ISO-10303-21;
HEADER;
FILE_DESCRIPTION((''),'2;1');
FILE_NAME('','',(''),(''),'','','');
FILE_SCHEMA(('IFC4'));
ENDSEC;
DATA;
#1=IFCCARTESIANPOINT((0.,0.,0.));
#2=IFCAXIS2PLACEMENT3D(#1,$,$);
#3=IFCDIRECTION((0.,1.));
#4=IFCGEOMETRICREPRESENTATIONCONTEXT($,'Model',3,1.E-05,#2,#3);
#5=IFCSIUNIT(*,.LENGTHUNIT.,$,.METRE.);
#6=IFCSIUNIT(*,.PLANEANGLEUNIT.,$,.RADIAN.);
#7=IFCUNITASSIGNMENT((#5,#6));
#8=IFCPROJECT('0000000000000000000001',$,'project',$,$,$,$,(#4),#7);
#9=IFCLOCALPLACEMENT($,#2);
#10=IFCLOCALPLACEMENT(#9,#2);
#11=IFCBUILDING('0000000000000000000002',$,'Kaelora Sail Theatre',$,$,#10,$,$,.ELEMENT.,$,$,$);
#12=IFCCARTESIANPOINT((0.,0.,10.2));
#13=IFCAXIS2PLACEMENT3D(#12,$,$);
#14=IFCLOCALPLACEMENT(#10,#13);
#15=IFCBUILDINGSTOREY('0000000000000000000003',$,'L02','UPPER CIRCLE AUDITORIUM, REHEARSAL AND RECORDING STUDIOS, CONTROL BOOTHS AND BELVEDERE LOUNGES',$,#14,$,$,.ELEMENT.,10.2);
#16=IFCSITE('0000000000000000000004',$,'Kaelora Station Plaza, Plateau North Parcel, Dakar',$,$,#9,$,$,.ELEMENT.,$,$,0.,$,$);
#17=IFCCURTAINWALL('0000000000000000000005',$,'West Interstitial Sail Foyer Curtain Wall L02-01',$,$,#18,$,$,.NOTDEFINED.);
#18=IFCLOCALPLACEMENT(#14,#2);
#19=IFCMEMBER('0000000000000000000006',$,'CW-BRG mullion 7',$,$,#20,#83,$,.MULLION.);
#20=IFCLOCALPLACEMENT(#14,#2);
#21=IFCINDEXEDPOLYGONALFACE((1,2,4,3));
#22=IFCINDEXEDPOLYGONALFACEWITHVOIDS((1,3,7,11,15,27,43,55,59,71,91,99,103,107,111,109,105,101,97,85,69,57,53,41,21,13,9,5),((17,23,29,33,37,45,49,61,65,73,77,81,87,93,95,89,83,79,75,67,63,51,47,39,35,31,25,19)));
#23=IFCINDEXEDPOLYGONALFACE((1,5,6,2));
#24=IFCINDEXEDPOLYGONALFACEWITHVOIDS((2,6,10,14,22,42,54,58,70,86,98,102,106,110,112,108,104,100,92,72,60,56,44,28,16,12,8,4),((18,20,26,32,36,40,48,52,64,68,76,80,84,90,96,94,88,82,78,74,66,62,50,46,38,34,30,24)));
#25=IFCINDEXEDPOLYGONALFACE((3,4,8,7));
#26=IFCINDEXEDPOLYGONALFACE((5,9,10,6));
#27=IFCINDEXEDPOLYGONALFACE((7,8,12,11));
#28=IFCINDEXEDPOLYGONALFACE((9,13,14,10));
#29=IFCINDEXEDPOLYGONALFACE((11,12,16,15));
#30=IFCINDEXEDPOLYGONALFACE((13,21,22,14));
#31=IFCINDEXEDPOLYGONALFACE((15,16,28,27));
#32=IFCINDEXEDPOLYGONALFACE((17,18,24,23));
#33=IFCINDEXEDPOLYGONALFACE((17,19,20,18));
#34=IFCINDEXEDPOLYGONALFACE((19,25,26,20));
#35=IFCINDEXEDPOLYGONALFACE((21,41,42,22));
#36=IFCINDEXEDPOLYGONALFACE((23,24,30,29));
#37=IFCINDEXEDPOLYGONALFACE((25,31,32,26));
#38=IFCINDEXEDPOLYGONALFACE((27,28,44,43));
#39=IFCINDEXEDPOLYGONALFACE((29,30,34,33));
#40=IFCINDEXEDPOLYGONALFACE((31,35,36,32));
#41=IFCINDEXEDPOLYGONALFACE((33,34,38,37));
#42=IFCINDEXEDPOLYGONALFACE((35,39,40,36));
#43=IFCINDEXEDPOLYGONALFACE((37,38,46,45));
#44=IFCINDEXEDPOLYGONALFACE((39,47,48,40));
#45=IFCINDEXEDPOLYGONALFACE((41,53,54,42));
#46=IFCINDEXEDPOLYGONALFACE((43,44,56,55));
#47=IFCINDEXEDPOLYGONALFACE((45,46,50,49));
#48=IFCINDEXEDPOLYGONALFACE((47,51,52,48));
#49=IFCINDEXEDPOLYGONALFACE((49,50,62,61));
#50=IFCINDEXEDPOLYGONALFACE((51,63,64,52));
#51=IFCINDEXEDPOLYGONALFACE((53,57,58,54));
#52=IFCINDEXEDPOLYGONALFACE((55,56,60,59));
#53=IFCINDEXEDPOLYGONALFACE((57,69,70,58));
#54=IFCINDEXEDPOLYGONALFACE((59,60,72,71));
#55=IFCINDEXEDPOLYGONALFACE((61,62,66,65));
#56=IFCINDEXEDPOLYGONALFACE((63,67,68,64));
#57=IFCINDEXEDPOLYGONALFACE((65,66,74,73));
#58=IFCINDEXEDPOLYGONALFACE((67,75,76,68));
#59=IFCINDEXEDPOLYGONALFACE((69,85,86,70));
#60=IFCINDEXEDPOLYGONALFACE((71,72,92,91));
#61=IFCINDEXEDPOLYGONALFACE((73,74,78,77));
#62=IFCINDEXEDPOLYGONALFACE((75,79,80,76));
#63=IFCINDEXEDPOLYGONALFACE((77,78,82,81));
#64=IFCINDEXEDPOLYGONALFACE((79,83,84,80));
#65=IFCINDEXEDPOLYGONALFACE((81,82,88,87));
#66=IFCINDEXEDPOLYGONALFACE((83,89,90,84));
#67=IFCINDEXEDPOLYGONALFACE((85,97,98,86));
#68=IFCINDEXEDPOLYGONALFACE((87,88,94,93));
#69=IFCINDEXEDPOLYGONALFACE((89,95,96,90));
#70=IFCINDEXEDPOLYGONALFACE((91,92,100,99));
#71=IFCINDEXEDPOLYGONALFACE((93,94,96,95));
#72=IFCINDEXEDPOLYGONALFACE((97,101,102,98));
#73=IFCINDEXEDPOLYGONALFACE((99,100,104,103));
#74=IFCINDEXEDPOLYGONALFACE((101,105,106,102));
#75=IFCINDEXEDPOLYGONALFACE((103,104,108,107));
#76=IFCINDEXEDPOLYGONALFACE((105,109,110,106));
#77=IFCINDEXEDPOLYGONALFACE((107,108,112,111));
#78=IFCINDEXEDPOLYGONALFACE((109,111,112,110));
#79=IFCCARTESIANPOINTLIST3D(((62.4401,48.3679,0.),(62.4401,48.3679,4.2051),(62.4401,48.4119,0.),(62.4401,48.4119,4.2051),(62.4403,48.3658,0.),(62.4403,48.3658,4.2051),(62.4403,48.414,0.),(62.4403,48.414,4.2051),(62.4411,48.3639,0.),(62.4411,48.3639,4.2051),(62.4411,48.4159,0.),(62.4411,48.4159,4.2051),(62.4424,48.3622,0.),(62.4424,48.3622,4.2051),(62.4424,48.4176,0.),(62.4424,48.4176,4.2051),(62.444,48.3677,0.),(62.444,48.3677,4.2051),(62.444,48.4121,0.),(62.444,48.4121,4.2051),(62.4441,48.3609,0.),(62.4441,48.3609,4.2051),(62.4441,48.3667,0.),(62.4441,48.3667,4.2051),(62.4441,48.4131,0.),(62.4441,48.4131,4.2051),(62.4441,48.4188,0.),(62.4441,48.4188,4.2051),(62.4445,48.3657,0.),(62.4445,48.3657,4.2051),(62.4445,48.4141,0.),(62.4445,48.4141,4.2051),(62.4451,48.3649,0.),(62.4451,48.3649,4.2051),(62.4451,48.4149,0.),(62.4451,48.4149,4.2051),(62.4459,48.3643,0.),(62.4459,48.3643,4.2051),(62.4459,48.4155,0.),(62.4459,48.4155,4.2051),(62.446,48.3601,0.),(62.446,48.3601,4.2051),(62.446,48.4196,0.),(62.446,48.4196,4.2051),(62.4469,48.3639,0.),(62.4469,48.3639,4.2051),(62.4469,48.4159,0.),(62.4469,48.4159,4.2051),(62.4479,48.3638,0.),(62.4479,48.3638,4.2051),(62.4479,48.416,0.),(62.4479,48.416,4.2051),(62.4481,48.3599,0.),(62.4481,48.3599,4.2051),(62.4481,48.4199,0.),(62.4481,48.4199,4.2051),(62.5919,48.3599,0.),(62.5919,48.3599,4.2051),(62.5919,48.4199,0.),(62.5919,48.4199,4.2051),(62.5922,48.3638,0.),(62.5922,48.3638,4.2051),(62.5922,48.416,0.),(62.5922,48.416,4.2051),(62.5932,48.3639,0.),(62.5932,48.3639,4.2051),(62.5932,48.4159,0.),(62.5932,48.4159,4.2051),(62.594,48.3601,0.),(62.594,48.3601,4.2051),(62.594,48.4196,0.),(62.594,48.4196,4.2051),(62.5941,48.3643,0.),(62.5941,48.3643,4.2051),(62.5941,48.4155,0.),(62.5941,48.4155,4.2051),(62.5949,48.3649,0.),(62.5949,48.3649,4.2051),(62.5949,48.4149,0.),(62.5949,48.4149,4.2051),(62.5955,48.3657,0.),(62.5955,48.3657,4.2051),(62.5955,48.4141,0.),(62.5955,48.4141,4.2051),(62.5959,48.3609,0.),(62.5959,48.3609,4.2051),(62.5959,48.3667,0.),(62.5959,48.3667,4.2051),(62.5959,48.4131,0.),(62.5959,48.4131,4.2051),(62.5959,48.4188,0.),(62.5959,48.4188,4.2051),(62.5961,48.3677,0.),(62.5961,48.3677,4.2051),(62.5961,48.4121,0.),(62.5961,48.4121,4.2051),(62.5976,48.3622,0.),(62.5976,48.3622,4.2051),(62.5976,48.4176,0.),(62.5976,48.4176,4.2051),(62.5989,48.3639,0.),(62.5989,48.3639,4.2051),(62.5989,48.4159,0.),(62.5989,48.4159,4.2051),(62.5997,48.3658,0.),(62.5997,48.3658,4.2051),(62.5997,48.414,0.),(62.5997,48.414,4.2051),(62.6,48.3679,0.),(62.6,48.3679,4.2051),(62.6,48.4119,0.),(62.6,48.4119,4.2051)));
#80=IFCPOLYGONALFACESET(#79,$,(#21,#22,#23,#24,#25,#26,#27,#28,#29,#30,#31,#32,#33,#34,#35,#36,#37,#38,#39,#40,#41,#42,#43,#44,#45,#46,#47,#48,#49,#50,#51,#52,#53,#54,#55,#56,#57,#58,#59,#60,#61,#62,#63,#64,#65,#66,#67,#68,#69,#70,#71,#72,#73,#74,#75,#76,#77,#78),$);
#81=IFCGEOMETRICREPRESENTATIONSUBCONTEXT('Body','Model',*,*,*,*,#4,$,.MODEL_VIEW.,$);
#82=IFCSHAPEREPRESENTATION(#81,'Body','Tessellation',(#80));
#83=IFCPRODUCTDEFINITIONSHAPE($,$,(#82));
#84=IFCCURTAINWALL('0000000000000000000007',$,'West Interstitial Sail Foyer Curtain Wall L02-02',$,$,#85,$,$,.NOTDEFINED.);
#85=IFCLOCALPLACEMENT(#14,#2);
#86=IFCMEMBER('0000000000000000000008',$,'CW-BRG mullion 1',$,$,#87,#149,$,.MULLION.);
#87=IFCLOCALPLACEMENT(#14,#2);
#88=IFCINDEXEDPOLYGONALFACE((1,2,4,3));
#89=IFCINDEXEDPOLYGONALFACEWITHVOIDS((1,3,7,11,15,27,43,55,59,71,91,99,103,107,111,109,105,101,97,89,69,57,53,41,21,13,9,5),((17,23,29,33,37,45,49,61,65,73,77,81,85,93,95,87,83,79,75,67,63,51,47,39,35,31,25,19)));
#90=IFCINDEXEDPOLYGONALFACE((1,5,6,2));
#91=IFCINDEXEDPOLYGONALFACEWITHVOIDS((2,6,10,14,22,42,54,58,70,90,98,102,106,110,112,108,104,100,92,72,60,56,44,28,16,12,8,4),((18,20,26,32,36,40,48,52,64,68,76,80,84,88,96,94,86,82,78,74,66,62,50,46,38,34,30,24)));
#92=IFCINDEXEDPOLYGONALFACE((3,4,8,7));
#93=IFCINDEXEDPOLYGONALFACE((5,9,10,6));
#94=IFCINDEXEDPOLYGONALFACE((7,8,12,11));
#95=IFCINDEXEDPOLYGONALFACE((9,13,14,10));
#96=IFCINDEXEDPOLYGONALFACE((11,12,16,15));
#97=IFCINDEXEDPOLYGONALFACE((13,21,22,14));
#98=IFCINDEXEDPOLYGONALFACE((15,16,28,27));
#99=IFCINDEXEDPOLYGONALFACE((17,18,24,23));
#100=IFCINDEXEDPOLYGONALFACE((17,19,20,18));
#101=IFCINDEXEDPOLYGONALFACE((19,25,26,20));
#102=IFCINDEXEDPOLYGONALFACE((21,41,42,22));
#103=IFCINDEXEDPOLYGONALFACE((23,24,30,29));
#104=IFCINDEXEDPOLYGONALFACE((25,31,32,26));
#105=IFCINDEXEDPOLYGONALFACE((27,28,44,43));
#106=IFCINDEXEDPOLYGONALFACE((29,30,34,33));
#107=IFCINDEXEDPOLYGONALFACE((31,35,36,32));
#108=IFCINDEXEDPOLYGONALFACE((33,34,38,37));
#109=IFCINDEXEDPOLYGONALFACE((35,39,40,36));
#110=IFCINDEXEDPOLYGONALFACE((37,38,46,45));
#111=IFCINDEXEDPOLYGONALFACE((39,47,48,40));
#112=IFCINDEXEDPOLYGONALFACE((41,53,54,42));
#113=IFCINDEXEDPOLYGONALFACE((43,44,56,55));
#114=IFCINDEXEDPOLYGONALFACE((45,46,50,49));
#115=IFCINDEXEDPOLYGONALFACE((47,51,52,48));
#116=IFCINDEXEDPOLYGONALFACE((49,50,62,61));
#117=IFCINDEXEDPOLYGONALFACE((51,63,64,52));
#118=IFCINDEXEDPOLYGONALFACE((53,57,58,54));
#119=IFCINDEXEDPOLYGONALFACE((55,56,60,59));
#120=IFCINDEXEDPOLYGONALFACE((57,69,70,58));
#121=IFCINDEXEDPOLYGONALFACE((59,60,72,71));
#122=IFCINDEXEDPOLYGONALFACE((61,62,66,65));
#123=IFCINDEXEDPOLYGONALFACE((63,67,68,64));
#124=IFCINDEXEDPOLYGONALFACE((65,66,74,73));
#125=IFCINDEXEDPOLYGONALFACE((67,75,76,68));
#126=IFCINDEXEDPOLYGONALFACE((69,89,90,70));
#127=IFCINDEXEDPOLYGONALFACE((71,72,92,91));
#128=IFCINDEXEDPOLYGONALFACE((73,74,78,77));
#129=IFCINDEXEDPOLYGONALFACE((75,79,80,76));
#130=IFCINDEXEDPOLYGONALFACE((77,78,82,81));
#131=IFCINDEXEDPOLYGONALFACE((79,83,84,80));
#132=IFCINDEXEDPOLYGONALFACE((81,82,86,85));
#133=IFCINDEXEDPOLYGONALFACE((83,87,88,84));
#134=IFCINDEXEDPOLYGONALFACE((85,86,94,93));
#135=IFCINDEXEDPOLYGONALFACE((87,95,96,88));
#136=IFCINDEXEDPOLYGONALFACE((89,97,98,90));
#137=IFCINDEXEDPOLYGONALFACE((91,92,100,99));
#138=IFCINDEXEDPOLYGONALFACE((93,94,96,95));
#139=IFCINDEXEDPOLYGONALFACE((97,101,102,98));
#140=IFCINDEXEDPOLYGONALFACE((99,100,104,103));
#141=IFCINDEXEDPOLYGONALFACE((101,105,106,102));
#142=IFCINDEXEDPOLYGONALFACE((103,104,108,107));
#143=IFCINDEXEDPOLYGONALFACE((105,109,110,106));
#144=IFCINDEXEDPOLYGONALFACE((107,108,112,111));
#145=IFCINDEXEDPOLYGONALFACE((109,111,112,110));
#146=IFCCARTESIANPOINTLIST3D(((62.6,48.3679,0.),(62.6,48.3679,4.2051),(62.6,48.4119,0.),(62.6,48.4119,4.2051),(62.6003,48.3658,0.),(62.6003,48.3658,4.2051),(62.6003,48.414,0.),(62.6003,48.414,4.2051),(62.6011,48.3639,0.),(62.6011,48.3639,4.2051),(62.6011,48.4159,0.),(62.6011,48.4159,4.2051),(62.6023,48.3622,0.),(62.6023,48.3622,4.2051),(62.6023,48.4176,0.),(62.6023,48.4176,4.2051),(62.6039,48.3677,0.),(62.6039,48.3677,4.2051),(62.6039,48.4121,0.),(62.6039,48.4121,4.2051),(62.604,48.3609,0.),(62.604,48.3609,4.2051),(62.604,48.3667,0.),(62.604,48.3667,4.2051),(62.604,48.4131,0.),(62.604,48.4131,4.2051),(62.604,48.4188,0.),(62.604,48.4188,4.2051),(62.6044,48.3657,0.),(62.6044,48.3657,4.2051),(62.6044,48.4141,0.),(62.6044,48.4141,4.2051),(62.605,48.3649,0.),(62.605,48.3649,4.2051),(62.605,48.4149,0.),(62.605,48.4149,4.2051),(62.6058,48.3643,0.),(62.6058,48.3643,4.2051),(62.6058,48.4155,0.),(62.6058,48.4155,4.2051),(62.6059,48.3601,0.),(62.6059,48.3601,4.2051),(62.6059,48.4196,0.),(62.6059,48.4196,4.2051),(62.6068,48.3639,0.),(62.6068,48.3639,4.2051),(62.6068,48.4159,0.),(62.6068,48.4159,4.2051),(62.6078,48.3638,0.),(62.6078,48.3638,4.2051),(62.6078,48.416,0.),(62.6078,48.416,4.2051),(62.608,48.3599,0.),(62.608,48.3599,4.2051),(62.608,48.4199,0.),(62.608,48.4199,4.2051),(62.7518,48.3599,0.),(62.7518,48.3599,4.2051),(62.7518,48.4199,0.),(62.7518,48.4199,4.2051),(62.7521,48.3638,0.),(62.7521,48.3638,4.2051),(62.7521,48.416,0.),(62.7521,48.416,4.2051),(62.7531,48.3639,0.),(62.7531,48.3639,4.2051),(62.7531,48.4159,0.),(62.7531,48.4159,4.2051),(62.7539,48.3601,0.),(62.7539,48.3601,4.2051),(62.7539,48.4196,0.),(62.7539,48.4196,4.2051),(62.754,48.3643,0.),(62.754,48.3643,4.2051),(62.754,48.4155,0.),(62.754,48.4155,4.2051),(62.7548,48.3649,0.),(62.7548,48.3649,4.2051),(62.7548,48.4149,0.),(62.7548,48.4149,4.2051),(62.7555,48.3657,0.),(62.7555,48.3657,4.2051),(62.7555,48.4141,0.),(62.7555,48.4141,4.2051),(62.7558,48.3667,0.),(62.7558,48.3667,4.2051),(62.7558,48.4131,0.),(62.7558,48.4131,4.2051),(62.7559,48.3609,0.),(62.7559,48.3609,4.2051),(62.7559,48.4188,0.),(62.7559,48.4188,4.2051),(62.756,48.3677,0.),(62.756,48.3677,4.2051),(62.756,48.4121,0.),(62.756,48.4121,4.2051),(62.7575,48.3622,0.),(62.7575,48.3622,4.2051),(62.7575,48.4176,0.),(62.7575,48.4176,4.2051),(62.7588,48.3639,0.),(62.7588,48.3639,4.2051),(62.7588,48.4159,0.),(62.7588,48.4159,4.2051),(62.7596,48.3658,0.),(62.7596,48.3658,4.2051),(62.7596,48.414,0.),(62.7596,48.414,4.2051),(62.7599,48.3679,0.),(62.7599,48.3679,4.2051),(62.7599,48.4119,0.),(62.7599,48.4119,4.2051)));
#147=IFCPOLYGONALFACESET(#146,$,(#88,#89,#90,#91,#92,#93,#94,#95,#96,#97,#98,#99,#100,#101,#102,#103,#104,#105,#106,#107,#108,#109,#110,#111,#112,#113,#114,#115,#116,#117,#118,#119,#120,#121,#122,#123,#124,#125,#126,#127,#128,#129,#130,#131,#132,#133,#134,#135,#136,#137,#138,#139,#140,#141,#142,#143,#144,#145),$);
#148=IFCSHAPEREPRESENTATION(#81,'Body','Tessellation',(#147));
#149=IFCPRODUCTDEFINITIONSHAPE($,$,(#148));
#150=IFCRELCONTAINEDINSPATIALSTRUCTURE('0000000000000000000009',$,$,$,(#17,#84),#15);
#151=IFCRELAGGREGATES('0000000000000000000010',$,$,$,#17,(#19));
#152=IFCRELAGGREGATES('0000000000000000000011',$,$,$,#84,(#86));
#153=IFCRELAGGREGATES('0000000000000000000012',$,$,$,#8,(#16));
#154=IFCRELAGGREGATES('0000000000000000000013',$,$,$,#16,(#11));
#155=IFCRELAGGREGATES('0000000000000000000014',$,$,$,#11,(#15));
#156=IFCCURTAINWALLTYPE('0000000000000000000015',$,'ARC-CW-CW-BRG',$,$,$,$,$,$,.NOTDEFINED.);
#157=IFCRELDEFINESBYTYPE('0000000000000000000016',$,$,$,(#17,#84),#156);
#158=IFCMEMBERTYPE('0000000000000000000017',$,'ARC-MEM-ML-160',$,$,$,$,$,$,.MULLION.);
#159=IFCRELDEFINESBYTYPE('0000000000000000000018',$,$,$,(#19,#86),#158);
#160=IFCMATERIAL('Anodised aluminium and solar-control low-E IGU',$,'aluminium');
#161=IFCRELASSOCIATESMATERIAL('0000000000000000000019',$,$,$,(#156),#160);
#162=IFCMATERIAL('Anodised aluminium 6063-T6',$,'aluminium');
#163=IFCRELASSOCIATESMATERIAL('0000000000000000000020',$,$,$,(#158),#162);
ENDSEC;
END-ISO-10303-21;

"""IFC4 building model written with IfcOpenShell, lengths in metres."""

from ifc_helpers import new_model, si_unit, direction, frame, origin, origin_2d, place, context, subcontext, project, spatial, hollow_rectangle, extrude, material, material_profile, profile_set, type_object, element, aggregate, save


model = new_model("IFC4")

# Units and contexts
model_context = context("Model", 3, precision=1e-05, world=origin(), true_north=direction((0.0, 1.0)))
body_context = subcontext(model_context, "Body", "Model", "MODEL_VIEW")
ifc_project = project(units=[si_unit("LENGTHUNIT", "METRE"), si_unit("PLANEANGLEUNIT", "RADIAN")], contexts=[model_context])

# Site, building, storey
site_placement = place(None, origin())
site = spatial("IfcSite", under=ifc_project, at=site_placement, Name="Kaelora Station Plaza, Plateau North Parcel, Dakar", CompositionType="ELEMENT", RefElevation=0.0)
building_placement = place(site_placement, origin())
building = spatial("IfcBuilding", under=site, at=building_placement, Name="Kaelora Sail Theatre", CompositionType="ELEMENT")
storey_placement = place(building_placement, frame((0.0, 0.0, 10.2)))
storey = spatial("IfcBuildingStorey", under=building, at=storey_placement, Name="L02", Description="UPPER CIRCLE AUDITORIUM, REHEARSAL AND RECORDING STUDIOS, CONTROL BOOTHS AND BELVEDERE LOUNGES", CompositionType="ELEMENT", Elevation=10.2)

# Curtain wall, member
ifc_material_1 = material(Name="Anodised aluminium and solar-control low-E IGU", Category="aluminium")
curtain_wall_type = type_object("IfcCurtainWallType", Name="ARC-CW-CW-BRG", PredefinedType="NOTDEFINED", material=ifc_material_1)
curtain_wall_1_placement = place(storey_placement, origin())
curtain_wall_1 = element("IfcCurtainWall", 1, at=curtain_wall_1_placement, inside=storey, type_object=curtain_wall_type, Name="West Interstitial Sail Foyer Curtain Wall L02-01", PredefinedType="NOTDEFINED")
ifc_material_2 = material(Name="Anodised aluminium 6063-T6", Category="aluminium")
ifc_material_profile_1 = material_profile(ifc_material_2, hollow_rectangle(XDim=0.0601, YDim=0.1599, WallThickness=0.0039, InnerFilletRadius=0.0039, OuterFilletRadius=0.0081, at=origin_2d()), Name="ALU-MULL 60x160x4")
ifc_profile_set_1 = profile_set([ifc_material_profile_1], Name="Anodised aluminium 6063-T6")
member_type_1 = type_object("IfcMemberType", Name="ARC-MEM-ML-160", PredefinedType="MULLION", material=ifc_profile_set_1)
member_1_placement = place(storey_placement, frame((62.52, 48.3899, 0.0), z_axis=(0.0, 0.0, 1.0), x_axis=(0.0, 1.0, 0.0)))
member_1 = element("IfcMember", 2, at=member_1_placement, type_object=member_type_1, Name="CW-BRG mullion 7", PredefinedType="MULLION", context=body_context, shape_type="SweptSolid", body=[
    extrude(hollow_rectangle(XDim=0.0601, YDim=0.1599, WallThickness=0.0039, InnerFilletRadius=0.0039, OuterFilletRadius=0.0081, at=origin_2d()), origin(), (0.0, 0.0, 1.0), 4.2051),
])

# Curtain wall, member
curtain_wall_2_placement = place(storey_placement, origin())
curtain_wall_2 = element("IfcCurtainWall", 3, at=curtain_wall_2_placement, inside=storey, type_object=curtain_wall_type, Name="West Interstitial Sail Foyer Curtain Wall L02-02", PredefinedType="NOTDEFINED")
member_2_placement = place(storey_placement, frame((62.6799, 48.3899, 0.0), z_axis=(0.0, 0.0, 1.0), x_axis=(0.0, 1.0, 0.0)))
member_2 = element("IfcMember", 4, at=member_2_placement, type_object=member_type_1, Name="CW-BRG mullion 1", PredefinedType="MULLION", context=body_context, shape_type="SweptSolid", body=[
    extrude(hollow_rectangle(XDim=0.0601, YDim=0.1599, WallThickness=0.0039, InnerFilletRadius=0.0039, OuterFilletRadius=0.0081, at=origin_2d()), origin(), (0.0, 0.0, 1.0), 4.2051),
])

aggregate(curtain_wall_1, [member_1])
aggregate(curtain_wall_2, [member_2])

save(model, "model.ifc")
